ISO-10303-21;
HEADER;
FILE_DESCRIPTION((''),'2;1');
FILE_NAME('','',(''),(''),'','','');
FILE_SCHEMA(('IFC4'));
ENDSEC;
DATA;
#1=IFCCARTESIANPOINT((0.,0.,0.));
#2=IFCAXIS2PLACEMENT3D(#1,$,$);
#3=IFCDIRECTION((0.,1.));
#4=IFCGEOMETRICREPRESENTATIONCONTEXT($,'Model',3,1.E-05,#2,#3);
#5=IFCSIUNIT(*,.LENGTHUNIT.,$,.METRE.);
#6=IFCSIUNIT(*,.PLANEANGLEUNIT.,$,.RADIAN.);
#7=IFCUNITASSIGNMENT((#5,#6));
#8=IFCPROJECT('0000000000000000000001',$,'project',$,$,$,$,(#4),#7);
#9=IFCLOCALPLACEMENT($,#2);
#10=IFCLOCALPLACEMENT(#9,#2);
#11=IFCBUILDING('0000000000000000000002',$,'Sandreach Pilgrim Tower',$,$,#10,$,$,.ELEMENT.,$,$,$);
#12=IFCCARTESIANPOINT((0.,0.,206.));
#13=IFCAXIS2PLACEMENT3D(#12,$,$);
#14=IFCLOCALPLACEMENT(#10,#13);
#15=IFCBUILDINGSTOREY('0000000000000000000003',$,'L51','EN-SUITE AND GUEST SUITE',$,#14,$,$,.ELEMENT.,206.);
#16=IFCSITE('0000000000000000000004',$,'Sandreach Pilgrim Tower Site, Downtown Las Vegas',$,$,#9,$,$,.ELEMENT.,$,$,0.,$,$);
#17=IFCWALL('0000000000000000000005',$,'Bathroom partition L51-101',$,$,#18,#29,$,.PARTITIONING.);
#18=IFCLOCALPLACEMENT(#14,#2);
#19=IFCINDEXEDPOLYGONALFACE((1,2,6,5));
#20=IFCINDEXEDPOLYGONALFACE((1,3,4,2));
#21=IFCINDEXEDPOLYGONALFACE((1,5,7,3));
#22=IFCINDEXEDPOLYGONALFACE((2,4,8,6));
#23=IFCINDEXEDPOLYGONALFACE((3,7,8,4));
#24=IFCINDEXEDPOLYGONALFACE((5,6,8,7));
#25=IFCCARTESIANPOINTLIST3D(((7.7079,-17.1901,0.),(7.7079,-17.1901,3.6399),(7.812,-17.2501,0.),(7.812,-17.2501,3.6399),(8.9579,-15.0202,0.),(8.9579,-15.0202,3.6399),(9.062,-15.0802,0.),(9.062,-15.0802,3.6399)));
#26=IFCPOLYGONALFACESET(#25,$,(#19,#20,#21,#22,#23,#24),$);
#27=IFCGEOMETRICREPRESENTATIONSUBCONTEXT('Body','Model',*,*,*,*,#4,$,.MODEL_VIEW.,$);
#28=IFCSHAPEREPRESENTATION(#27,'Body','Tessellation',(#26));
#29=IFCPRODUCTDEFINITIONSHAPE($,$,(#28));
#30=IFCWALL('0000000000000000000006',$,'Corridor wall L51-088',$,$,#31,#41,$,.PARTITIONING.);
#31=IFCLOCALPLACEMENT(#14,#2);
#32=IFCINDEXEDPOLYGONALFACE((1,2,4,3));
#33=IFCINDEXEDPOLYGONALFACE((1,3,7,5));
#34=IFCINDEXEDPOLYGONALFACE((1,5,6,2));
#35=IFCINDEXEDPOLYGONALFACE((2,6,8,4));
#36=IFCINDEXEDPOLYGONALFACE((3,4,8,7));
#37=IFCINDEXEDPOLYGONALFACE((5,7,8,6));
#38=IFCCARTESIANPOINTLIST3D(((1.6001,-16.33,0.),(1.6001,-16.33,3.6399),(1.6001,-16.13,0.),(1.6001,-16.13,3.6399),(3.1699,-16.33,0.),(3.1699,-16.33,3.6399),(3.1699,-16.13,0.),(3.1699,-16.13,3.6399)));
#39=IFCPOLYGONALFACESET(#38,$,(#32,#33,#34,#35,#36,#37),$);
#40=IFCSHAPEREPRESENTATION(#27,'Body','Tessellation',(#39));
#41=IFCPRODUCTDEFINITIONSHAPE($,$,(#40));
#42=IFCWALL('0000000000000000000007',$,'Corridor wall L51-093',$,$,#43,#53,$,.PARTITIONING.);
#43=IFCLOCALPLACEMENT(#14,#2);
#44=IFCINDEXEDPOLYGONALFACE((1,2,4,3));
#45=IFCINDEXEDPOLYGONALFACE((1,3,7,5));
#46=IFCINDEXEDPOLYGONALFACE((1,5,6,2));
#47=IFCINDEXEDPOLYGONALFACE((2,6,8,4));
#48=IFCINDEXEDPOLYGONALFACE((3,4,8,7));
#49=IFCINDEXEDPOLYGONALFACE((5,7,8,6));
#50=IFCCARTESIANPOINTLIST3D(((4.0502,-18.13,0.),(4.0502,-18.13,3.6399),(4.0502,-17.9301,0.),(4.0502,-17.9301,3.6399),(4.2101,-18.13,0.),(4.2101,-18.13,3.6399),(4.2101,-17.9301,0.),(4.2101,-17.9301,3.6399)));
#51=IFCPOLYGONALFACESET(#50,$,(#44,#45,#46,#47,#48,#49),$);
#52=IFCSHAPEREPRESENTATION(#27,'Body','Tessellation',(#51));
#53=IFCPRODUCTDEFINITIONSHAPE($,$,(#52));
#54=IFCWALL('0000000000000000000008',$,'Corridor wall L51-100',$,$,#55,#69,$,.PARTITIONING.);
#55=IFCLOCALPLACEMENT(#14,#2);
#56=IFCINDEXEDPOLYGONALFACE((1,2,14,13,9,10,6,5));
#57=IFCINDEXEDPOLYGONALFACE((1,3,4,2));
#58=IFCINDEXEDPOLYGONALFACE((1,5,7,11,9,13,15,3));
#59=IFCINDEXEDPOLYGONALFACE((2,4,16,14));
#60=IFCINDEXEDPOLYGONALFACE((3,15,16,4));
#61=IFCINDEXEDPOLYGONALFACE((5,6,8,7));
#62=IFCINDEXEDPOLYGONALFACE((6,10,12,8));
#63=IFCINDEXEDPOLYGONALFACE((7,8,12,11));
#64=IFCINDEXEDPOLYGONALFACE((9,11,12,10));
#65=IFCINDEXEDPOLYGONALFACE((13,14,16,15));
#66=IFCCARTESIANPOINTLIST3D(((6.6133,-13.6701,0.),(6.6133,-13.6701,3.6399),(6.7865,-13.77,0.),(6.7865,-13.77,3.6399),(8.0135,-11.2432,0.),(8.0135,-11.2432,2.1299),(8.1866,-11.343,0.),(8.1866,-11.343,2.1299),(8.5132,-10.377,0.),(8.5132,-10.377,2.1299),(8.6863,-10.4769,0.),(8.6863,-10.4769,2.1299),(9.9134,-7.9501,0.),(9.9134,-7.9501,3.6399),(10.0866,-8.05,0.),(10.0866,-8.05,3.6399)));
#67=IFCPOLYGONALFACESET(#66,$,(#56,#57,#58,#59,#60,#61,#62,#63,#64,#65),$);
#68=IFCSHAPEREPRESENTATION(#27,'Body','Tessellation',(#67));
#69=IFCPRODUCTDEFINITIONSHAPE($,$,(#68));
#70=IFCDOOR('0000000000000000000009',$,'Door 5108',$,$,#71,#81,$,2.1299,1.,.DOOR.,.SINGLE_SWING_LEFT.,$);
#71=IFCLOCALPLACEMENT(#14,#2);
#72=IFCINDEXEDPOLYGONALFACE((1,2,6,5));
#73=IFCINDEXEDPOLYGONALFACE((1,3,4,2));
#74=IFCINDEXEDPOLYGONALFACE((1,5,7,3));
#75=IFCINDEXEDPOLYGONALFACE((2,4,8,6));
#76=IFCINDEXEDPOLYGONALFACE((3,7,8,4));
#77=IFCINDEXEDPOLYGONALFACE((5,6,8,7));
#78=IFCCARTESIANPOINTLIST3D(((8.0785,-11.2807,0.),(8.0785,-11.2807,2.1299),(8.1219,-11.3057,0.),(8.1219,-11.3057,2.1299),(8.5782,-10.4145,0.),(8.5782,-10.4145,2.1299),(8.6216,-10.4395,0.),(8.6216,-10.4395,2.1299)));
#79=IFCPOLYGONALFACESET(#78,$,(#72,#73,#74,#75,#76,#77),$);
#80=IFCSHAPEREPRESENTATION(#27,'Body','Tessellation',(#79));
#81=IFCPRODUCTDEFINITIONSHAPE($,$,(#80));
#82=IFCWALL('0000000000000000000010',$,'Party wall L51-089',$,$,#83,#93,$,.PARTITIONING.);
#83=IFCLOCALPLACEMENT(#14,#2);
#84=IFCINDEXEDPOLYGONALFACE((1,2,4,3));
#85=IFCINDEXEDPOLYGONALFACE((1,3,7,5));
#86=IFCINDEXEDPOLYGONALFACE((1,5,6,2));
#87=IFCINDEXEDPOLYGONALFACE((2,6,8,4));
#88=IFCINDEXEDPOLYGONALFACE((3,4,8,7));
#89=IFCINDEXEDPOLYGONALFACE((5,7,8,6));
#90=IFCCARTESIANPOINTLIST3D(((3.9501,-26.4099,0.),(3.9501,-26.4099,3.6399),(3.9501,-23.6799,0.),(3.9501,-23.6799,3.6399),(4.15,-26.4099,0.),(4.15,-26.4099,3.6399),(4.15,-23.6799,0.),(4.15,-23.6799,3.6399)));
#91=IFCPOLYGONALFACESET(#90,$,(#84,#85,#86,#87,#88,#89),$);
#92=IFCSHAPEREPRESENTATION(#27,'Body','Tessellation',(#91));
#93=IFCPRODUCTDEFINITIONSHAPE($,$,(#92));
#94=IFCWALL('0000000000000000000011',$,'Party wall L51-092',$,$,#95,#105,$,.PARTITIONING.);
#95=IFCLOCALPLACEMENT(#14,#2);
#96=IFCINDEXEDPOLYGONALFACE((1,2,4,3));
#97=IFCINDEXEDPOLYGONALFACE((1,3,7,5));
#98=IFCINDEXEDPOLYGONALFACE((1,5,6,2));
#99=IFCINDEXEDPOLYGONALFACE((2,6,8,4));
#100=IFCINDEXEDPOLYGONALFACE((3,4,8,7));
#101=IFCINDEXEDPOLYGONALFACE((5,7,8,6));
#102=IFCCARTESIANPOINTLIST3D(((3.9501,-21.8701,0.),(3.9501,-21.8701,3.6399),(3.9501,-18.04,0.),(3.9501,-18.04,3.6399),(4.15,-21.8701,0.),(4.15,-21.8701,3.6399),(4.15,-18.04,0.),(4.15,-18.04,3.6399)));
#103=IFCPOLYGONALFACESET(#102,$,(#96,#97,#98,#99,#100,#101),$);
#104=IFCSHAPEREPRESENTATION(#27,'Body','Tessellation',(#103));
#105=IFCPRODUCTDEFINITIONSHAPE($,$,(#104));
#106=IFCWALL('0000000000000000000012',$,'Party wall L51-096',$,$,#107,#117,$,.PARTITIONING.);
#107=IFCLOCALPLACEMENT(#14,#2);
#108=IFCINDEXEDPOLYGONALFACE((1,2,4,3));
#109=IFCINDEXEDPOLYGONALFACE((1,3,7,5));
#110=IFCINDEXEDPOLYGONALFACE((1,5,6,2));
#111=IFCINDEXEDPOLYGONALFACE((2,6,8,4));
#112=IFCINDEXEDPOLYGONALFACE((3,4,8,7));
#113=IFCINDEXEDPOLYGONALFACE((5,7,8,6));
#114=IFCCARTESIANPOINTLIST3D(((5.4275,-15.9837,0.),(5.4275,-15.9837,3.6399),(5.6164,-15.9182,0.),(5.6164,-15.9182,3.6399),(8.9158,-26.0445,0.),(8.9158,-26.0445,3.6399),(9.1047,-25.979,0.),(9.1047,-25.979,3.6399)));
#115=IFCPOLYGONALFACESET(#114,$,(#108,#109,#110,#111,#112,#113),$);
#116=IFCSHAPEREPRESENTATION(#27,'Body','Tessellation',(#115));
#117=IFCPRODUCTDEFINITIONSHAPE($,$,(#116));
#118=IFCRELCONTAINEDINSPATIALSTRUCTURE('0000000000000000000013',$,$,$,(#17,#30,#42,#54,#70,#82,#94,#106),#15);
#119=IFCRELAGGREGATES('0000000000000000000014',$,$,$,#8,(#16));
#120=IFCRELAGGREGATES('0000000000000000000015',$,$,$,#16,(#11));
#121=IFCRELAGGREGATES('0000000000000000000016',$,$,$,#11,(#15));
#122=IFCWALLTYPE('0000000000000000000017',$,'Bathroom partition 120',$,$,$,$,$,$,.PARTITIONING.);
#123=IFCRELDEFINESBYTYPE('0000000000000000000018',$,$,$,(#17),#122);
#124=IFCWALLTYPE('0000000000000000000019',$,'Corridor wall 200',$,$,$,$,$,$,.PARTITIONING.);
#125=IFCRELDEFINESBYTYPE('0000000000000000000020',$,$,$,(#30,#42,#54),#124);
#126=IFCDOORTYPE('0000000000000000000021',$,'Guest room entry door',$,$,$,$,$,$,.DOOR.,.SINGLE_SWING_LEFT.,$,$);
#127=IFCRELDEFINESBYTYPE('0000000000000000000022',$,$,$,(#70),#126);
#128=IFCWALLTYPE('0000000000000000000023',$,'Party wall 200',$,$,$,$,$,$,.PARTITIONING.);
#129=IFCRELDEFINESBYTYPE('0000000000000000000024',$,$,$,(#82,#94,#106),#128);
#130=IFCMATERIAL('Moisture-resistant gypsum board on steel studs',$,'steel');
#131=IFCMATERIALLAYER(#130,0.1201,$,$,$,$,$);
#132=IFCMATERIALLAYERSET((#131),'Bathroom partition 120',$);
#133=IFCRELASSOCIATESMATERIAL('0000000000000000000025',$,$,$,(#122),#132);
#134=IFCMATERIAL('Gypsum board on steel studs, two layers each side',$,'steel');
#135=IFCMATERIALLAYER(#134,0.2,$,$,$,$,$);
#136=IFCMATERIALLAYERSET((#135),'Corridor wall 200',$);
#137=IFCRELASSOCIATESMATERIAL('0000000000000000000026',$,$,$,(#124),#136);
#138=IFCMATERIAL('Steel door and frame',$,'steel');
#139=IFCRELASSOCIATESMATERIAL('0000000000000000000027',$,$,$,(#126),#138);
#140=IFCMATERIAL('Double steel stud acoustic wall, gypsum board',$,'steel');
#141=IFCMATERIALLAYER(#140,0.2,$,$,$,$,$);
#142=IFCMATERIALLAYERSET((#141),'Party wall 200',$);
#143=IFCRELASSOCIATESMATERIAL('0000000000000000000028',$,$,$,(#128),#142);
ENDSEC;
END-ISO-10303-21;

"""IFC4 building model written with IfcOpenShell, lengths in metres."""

from ifc_helpers import new_model, si_unit, direction, frame, frame_2d, origin, place, context, subcontext, project, spatial, rectangle, extrude, material, layer, layer_set, type_object, element, fill, save


model = new_model("IFC4")

# Units and contexts
model_context = context("Model", 3, precision=1e-05, world=origin(), true_north=direction((0.0, 1.0)))
body_context = subcontext(model_context, "Body", "Model", "MODEL_VIEW")
ifc_project = project(units=[si_unit("LENGTHUNIT", "METRE"), si_unit("PLANEANGLEUNIT", "RADIAN")], contexts=[model_context])

# Site, building, storey
site_placement = place(None, origin())
site = spatial("IfcSite", under=ifc_project, at=site_placement, Name="Sandreach Pilgrim Tower Site, Downtown Las Vegas", CompositionType="ELEMENT", RefElevation=0.0)
building_placement = place(site_placement, origin())
building = spatial("IfcBuilding", under=site, at=building_placement, Name="Sandreach Pilgrim Tower", CompositionType="ELEMENT")
storey_placement = place(building_placement, frame((0.0, 0.0, 206.0)))
storey = spatial("IfcBuildingStorey", under=building, at=storey_placement, Name="L51", Description="EN-SUITE AND GUEST SUITE", CompositionType="ELEMENT", Elevation=206.0)

# Shared definitions
ifc_material_1 = material(Name="Moisture-resistant gypsum board on steel studs", Category="steel")
ifc_layer_1 = layer(ifc_material_1, 0.1201)
ifc_layer_set_1 = layer_set([ifc_layer_1], Name="Bathroom partition 120")
wall_type_1 = type_object("IfcWallType", Name="Bathroom partition 120", PredefinedType="PARTITIONING", material=ifc_layer_set_1)

# Wall
wall_1_placement = place(storey_placement, frame((7.76, -17.22, 0.0), z_axis=(0.0, 0.0, 1.0), x_axis=(0.49916, 0.86651, 0.0)))
element("IfcWall", 1, at=wall_1_placement, inside=storey, type_object=wall_type_1, Name="Bathroom partition L51-101", PredefinedType="PARTITIONING", context=body_context, shape_type="SweptSolid", body=[
    extrude(rectangle(XDim=2.5042, YDim=0.1201, at=frame_2d((1.252, 0.0))), origin(), (0.0, 0.0, 1.0), 3.6399),
])

# Shared definitions
ifc_material_2 = material(Name="Gypsum board on steel studs, two layers each side", Category="steel")
ifc_layer_2 = layer(ifc_material_2, 0.2)
ifc_layer_set_2 = layer_set([ifc_layer_2], Name="Corridor wall 200")
wall_type_2 = type_object("IfcWallType", Name="Corridor wall 200", PredefinedType="PARTITIONING", material=ifc_layer_set_2)

# Walls
wall_2_placement = place(storey_placement, frame((3.1699, -16.23, 0.0), z_axis=(0.0, 0.0, 1.0), x_axis=(-1.0, 0.0, 0.0)))
element("IfcWall", 2, at=wall_2_placement, inside=storey, type_object=wall_type_2, Name="Corridor wall L51-088", PredefinedType="PARTITIONING", context=body_context, shape_type="SweptSolid", body=[
    extrude(rectangle(XDim=1.5698, YDim=0.2, at=frame_2d((0.7849, 0.0))), origin(), (0.0, 0.0, 1.0), 3.6399),
])
wall_3_placement = place(storey_placement, frame((4.05, -18.03, 0.0), z_axis=(0.0, 0.0, 1.0), x_axis=(1.0, 0.0, 0.0)))
element("IfcWall", 3, at=wall_3_placement, inside=storey, type_object=wall_type_2, Name="Corridor wall L51-093", PredefinedType="PARTITIONING", context=body_context, shape_type="SweptSolid", body=[
    extrude(rectangle(XDim=0.1599, YDim=0.2, at=frame_2d((0.0801, 0.0))), origin(), (0.0, 0.0, 1.0), 3.6399),
])

# Wall, opening, door
ifc_material_3 = material(Name="Steel door and frame", Category="steel")
door_type_1 = type_object("IfcDoorType", Name="Guest room entry door", OperationType="SINGLE_SWING_LEFT", PredefinedType="DOOR", material=ifc_material_3)
wall_4_placement = place(storey_placement, frame((6.7, -13.72, 0.0), z_axis=(0.0, 0.0, 1.0), x_axis=(0.49973, 0.866181, 0.0)))
wall_4 = element("IfcWall", 4, at=wall_4_placement, inside=storey, type_object=wall_type_2, Name="Corridor wall L51-100", PredefinedType="PARTITIONING", context=body_context, shape_type="SweptSolid", body=[
    extrude(rectangle(XDim=6.6038, YDim=0.2, at=frame_2d((3.3018, 0.0))), origin(), (0.0, 0.0, 1.0), 3.6399),
])
opening_1_placement = place(wall_4_placement, frame((2.8018, 0.0, 0.0)))
opening_1 = element("IfcOpeningElement", 5, at=opening_1_placement, cuts=wall_4, PredefinedType="OPENING", context=body_context, shape_type="SweptSolid", body=[
    extrude(rectangle(XDim=1.0, YDim=2.1299, at=frame_2d((0.5, 1.0649))), frame((0.0, 0.1001, 0.0), z_axis=(0.0, -1.0, 0.0), x_axis=(1.0, 0.0, 0.0)), (0.0, 0.0, 1.0), 0.2),
])
door_1_placement = place(opening_1_placement, origin())
door_1 = element("IfcDoor", 6, at=door_1_placement, inside=storey, type_object=door_type_1, Name="Door 5108", OperationType="SINGLE_SWING_LEFT", OverallHeight=2.1299, OverallWidth=1.0, PredefinedType="DOOR", context=body_context, shape_type="SweptSolid", body=[
    extrude(rectangle(XDim=1.0, YDim=2.1299, at=frame_2d((0.5, 1.0649))), frame((0.0, 0.0249, 0.0), z_axis=(0.0, -1.0, 0.0), x_axis=(1.0, 0.0, 0.0)), (0.0, 0.0, 1.0), 0.05),
])
fill(opening_1, door_1)

# Walls
ifc_material_4 = material(Name="Double steel stud acoustic wall, gypsum board", Category="steel")
ifc_layer_3 = layer(ifc_material_4, 0.2)
ifc_layer_set_3 = layer_set([ifc_layer_3], Name="Party wall 200")
wall_type_3 = type_object("IfcWallType", Name="Party wall 200", PredefinedType="PARTITIONING", material=ifc_layer_set_3)
wall_5_placement = place(storey_placement, frame((4.05, -26.4099, 0.0), z_axis=(0.0, 0.0, 1.0), x_axis=(0.0, 1.0, 0.0)))
element("IfcWall", 7, at=wall_5_placement, inside=storey, type_object=wall_type_3, Name="Party wall L51-089", PredefinedType="PARTITIONING", context=body_context, shape_type="SweptSolid", body=[
    extrude(rectangle(XDim=2.73, YDim=0.2, at=frame_2d((1.365, 0.0))), origin(), (0.0, 0.0, 1.0), 3.6399),
])
wall_6_placement = place(storey_placement, frame((4.05, -21.8701, 0.0), z_axis=(0.0, 0.0, 1.0), x_axis=(0.0, 1.0, 0.0)))
element("IfcWall", 8, at=wall_6_placement, inside=storey, type_object=wall_type_3, Name="Party wall L51-092", PredefinedType="PARTITIONING", context=body_context, shape_type="SweptSolid", body=[
    extrude(rectangle(XDim=3.8301, YDim=0.2, at=frame_2d((1.915, 0.0))), origin(), (0.0, 0.0, 1.0), 3.6399),
])
wall_7_placement = place(storey_placement, frame((5.522, -15.9509, 0.0), z_axis=(0.0, 0.0, 1.0), x_axis=(0.327589, -0.94482, 0.0)))
element("IfcWall", 9, at=wall_7_placement, inside=storey, type_object=wall_type_3, Name="Party wall L51-096", PredefinedType="PARTITIONING", context=body_context, shape_type="SweptSolid", body=[
    extrude(rectangle(XDim=10.6484, YDim=0.2, at=frame_2d((5.3242, 0.0))), origin(), (0.0, 0.0, 1.0), 3.6399),
])

save(model, "model.ifc")
